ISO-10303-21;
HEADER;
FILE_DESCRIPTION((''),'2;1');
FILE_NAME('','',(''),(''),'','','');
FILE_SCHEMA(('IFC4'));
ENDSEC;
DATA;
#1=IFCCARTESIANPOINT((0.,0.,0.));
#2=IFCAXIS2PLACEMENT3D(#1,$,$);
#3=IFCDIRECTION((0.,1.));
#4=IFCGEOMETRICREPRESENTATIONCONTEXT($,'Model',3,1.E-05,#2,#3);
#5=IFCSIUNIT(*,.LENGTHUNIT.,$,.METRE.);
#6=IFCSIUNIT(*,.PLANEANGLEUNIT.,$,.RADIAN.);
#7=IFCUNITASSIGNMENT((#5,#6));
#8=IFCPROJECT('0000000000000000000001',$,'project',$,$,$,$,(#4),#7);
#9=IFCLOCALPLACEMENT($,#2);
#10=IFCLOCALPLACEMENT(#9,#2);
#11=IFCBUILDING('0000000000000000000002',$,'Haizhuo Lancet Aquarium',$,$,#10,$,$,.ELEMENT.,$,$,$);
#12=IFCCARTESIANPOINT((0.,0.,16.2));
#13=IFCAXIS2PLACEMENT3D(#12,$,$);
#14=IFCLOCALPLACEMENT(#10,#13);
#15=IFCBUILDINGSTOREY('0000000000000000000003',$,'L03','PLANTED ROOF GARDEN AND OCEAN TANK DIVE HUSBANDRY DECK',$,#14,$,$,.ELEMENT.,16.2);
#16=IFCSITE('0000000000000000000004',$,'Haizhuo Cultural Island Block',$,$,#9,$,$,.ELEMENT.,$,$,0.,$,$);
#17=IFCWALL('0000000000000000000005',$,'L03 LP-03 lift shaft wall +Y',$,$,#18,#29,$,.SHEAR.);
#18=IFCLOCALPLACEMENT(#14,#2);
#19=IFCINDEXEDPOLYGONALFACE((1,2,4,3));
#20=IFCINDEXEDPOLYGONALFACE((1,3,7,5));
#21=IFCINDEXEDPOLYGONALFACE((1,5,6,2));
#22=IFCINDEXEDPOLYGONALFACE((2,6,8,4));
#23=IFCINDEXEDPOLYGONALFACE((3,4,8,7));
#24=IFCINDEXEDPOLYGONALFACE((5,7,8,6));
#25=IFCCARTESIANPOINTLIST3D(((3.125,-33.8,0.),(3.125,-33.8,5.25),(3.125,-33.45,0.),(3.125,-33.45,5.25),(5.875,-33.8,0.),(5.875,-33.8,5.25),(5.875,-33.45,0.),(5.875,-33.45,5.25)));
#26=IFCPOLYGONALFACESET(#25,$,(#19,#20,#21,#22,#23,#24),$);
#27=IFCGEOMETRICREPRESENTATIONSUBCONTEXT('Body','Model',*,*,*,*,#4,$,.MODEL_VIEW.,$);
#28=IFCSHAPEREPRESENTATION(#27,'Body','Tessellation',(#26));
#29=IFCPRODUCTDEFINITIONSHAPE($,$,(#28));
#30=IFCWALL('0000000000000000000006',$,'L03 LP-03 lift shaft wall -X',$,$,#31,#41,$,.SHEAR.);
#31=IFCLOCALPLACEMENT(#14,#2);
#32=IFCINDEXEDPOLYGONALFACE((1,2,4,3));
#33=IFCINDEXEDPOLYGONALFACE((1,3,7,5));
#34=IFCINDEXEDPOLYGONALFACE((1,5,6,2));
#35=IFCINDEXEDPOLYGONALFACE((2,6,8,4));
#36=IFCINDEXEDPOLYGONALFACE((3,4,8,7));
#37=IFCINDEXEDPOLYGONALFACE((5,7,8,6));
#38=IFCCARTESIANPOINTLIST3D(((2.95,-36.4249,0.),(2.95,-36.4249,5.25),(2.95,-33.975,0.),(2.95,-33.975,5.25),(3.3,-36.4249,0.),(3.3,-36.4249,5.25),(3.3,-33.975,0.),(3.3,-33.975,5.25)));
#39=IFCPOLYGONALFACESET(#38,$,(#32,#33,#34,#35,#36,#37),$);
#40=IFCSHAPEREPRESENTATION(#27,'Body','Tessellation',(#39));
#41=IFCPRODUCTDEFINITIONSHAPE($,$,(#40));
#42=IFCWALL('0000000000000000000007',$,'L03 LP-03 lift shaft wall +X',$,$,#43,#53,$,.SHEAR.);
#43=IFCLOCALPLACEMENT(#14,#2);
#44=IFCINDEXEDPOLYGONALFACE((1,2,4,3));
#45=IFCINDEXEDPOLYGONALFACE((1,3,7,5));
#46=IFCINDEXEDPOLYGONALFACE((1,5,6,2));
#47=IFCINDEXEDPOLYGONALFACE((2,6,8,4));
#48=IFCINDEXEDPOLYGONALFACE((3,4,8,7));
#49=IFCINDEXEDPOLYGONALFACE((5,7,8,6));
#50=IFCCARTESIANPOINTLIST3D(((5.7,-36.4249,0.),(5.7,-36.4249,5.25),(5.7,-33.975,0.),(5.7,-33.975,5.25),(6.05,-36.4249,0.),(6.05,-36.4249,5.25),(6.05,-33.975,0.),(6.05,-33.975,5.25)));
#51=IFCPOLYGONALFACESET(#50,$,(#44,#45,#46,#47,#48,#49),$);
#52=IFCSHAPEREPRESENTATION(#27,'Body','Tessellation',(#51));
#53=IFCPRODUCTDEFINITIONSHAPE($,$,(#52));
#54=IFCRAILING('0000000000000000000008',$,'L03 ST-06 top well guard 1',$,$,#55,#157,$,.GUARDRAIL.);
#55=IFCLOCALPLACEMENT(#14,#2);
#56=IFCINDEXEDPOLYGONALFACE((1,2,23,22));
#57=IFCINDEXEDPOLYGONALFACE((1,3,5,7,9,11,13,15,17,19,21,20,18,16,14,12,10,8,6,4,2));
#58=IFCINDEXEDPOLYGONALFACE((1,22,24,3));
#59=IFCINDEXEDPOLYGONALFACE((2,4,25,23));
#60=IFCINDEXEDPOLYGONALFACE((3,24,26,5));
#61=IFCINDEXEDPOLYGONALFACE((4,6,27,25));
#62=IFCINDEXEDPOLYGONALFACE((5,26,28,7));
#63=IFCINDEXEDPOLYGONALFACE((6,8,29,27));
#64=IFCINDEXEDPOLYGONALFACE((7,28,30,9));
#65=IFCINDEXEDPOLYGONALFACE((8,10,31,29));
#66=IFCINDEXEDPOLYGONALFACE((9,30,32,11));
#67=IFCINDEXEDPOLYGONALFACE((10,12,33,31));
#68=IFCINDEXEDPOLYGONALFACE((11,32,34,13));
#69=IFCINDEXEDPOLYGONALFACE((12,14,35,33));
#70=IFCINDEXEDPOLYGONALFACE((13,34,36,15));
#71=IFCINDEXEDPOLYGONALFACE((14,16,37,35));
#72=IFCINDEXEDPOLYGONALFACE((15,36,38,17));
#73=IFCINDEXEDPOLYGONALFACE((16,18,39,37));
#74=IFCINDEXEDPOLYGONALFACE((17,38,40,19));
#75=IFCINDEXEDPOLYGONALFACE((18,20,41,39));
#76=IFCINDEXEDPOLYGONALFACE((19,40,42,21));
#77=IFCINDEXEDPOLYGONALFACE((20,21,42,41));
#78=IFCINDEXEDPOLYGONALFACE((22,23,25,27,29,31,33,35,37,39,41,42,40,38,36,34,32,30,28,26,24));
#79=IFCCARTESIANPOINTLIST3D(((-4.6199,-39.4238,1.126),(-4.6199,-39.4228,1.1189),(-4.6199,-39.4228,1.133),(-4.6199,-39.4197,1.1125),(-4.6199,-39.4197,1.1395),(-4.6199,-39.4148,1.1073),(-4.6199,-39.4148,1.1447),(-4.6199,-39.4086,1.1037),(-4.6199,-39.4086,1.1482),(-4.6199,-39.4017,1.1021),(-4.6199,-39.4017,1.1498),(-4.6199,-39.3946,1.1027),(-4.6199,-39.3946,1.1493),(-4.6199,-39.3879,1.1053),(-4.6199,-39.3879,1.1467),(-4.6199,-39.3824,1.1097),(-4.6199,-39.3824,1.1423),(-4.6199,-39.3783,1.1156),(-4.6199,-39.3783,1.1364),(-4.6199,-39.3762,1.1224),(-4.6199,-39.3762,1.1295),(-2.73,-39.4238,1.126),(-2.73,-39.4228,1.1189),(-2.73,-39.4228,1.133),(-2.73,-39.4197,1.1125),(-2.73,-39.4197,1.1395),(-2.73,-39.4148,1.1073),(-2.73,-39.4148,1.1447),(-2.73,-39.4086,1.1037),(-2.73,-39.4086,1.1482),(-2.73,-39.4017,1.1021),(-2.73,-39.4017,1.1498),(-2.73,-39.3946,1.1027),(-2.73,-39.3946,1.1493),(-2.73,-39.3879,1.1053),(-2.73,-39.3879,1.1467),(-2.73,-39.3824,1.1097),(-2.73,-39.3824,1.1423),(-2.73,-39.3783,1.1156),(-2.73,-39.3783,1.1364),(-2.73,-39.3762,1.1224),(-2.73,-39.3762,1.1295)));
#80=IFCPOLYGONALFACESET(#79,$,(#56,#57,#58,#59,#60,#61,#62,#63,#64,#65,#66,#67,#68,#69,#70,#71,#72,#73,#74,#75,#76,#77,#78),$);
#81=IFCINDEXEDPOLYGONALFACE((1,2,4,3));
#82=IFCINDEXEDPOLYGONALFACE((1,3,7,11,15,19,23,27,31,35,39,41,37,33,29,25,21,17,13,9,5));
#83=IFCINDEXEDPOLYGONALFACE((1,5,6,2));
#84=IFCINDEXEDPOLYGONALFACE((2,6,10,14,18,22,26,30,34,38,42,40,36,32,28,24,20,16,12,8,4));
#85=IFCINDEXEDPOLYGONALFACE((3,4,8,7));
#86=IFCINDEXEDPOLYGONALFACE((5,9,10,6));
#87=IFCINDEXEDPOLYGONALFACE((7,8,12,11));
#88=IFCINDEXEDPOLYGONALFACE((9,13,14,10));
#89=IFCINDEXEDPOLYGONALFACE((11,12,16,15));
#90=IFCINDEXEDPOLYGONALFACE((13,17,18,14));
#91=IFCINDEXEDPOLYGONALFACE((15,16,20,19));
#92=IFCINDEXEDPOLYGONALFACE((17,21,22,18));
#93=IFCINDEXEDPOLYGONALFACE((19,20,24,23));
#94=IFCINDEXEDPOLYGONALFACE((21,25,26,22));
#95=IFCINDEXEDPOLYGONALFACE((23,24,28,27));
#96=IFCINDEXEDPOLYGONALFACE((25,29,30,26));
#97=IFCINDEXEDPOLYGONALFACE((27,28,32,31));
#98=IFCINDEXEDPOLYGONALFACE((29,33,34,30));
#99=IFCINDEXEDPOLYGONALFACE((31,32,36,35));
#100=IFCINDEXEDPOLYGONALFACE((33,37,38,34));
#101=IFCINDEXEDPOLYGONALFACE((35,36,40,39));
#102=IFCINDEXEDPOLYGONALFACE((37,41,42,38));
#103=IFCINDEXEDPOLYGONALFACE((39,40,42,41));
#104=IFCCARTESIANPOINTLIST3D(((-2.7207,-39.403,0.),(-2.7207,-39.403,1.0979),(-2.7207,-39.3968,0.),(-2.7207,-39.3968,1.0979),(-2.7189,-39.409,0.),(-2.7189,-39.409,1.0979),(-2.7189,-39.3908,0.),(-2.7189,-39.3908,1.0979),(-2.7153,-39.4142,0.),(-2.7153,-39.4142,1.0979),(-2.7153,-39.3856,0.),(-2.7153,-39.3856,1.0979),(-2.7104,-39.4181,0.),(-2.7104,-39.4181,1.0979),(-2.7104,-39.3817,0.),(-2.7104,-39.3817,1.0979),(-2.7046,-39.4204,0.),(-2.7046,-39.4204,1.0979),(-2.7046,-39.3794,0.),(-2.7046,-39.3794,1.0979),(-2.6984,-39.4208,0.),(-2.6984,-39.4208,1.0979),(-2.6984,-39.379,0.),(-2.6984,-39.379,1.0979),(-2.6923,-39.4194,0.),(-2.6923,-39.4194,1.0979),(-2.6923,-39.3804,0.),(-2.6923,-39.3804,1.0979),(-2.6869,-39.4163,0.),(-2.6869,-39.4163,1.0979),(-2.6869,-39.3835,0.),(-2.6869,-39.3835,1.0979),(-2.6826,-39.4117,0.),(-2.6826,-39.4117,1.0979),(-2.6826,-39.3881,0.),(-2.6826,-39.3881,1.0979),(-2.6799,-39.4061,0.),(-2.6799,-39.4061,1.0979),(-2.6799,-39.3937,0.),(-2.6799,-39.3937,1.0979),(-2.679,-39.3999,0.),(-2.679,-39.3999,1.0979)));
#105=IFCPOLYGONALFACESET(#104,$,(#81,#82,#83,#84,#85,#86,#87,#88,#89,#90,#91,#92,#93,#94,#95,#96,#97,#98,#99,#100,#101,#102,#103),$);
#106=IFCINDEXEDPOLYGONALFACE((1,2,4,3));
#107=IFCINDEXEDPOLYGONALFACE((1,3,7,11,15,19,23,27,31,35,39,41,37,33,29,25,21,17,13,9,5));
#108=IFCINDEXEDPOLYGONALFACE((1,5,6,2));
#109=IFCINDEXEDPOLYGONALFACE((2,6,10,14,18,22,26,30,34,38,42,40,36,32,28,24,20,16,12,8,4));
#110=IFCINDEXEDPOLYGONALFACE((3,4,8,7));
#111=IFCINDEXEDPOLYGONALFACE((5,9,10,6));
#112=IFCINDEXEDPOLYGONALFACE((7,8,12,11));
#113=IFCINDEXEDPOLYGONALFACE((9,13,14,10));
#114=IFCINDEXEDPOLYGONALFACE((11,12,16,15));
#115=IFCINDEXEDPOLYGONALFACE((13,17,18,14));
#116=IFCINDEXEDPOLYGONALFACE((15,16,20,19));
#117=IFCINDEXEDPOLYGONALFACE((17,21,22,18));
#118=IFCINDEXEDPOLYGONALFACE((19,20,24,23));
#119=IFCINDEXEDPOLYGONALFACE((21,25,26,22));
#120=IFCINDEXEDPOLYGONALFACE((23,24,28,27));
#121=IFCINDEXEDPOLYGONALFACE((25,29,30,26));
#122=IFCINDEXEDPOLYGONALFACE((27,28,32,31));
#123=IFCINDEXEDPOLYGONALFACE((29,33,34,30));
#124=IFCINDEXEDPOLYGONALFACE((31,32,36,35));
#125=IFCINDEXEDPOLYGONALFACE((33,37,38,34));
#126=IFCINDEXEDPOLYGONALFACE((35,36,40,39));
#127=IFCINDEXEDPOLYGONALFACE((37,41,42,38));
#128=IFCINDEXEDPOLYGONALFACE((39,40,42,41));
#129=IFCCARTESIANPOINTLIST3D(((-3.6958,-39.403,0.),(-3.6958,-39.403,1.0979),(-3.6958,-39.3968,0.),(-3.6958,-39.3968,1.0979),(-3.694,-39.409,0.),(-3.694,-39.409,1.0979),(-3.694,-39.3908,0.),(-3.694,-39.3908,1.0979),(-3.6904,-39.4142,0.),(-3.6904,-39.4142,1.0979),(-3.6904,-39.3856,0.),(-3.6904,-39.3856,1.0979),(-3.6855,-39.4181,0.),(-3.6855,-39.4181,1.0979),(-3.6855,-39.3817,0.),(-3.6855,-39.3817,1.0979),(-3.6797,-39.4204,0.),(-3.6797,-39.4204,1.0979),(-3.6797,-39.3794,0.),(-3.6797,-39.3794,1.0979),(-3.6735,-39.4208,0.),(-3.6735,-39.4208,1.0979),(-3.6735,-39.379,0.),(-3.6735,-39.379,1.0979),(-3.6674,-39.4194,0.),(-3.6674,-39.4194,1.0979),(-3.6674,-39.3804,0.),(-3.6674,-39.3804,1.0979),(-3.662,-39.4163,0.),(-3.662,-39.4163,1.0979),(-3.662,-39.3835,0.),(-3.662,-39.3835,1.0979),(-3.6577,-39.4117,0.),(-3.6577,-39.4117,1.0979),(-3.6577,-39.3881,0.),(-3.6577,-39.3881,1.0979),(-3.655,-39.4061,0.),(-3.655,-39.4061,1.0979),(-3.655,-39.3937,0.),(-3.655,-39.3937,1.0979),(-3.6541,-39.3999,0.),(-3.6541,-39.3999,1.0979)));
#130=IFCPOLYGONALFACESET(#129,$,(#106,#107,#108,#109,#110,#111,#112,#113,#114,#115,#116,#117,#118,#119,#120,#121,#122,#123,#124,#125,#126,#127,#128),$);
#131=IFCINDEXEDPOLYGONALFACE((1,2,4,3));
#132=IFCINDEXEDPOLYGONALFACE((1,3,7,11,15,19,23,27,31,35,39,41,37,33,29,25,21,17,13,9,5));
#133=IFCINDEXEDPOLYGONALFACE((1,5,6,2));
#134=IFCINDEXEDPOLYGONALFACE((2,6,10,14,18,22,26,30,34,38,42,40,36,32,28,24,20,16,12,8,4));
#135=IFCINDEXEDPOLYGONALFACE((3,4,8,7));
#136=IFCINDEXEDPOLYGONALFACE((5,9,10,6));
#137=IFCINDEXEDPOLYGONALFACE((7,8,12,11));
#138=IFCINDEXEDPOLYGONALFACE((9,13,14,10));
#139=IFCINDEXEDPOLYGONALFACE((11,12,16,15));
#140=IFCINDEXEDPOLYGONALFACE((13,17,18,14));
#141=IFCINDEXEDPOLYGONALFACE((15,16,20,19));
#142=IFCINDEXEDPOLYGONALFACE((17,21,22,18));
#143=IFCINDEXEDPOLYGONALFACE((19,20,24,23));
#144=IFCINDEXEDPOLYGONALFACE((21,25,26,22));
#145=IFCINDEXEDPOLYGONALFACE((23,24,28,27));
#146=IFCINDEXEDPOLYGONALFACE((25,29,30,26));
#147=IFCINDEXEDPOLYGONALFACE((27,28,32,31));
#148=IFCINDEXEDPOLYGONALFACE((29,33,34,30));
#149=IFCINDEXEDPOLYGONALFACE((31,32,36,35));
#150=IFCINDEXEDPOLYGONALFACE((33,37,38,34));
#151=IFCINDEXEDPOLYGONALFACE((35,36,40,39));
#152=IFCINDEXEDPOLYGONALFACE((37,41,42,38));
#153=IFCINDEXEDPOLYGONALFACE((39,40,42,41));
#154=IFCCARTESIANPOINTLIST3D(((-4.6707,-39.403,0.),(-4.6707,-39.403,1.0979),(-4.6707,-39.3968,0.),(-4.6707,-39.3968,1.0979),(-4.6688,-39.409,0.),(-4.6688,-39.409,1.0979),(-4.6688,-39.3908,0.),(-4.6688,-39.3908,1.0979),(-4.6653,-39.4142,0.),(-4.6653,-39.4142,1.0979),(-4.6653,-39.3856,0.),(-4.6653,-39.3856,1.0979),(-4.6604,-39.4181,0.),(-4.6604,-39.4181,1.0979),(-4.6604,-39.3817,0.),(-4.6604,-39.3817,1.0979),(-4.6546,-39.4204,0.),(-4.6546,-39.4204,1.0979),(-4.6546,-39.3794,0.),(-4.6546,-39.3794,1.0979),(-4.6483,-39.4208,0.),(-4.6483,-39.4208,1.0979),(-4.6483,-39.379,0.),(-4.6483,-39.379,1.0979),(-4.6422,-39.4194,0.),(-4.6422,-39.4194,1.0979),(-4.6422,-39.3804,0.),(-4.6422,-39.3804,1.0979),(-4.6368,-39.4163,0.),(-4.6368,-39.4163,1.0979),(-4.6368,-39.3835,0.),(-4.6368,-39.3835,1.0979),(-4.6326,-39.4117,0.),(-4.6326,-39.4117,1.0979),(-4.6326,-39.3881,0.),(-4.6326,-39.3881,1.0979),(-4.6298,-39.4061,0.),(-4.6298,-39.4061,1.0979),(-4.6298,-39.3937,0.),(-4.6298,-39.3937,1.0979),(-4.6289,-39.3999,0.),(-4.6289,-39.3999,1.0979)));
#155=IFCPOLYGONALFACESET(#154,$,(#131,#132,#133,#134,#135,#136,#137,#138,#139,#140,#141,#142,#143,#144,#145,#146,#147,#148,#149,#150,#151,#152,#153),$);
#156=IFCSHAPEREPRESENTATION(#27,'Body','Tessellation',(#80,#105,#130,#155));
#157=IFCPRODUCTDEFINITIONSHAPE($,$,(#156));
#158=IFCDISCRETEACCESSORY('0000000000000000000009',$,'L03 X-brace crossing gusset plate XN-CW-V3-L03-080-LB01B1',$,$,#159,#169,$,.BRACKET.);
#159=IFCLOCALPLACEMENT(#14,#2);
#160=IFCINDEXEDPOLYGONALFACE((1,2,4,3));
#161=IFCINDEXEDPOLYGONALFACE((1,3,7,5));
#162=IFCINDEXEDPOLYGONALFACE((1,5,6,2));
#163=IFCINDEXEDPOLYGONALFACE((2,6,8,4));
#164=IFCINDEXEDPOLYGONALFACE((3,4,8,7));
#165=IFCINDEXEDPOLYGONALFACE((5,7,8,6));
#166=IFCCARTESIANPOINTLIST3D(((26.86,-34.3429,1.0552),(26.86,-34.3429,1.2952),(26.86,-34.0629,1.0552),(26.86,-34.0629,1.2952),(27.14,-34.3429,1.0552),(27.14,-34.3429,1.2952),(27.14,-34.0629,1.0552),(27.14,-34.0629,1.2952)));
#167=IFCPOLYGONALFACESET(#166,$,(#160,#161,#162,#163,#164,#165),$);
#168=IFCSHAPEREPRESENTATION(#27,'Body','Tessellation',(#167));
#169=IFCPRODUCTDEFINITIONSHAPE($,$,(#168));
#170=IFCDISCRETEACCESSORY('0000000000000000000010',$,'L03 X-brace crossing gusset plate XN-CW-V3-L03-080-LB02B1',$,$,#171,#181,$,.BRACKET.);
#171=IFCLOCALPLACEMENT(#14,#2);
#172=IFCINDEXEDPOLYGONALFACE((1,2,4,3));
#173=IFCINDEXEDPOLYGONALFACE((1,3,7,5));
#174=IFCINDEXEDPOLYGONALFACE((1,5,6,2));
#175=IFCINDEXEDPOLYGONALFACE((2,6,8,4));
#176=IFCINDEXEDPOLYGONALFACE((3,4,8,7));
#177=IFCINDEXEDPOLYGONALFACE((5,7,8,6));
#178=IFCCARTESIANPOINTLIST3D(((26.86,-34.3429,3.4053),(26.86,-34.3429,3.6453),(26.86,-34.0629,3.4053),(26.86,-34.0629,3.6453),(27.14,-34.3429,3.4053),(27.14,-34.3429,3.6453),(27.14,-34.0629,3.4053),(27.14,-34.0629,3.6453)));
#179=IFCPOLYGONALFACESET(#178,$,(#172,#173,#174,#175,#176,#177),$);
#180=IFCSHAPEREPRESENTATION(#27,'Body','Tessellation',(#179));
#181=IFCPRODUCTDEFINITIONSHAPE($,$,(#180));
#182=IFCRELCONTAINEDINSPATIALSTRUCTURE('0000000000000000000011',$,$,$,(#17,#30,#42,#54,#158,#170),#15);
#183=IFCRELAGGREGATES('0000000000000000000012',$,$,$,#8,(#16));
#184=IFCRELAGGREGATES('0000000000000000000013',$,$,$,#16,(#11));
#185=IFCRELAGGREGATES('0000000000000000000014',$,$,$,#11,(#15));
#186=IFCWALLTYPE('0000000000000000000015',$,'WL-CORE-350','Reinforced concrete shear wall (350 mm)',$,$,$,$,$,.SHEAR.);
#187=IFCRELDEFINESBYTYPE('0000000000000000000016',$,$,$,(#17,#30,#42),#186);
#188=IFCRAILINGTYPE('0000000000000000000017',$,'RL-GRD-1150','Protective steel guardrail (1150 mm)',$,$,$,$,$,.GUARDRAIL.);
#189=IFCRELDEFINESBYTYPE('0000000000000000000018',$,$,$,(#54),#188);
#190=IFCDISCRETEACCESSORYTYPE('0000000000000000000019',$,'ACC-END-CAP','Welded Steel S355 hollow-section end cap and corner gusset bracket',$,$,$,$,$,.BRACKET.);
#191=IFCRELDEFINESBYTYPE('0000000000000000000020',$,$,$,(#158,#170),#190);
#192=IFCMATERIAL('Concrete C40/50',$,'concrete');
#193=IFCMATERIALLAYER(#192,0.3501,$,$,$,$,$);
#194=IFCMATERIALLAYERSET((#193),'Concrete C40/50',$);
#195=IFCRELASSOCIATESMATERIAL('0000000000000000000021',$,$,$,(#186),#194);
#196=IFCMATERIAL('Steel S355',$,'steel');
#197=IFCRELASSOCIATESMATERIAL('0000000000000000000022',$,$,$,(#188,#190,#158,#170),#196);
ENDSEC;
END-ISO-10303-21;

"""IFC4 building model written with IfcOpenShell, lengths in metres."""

from ifc_helpers import new_model, si_unit, direction, frame, frame_2d, origin, origin_2d, place, context, subcontext, project, spatial, rectangle, circle, extrude, material, layer, layer_set, type_object, element, save


model = new_model("IFC4")

# Units and contexts
model_context = context("Model", 3, precision=1e-05, world=origin(), true_north=direction((0.0, 1.0)))
body_context = subcontext(model_context, "Body", "Model", "MODEL_VIEW")
ifc_project = project(units=[si_unit("LENGTHUNIT", "METRE"), si_unit("PLANEANGLEUNIT", "RADIAN")], contexts=[model_context])

# Site, building, storey
site_placement = place(None, origin())
site = spatial("IfcSite", under=ifc_project, at=site_placement, Name="Haizhuo Cultural Island Block", CompositionType="ELEMENT", RefElevation=0.0)
building_placement = place(site_placement, origin())
building = spatial("IfcBuilding", under=site, at=building_placement, Name="Haizhuo Lancet Aquarium", CompositionType="ELEMENT")
storey_placement = place(building_placement, frame((0.0, 0.0, 16.2)))
storey = spatial("IfcBuildingStorey", under=building, at=storey_placement, Name="L03", Description="PLANTED ROOF GARDEN AND OCEAN TANK DIVE HUSBANDRY DECK", CompositionType="ELEMENT", Elevation=16.2)

# Shared definitions
ifc_material_1 = material(Name="Concrete C40/50", Category="concrete")

# Shared definitions
ifc_material_2 = material(Name="Steel S355", Category="steel")

# Shared definitions
ifc_layer_1 = layer(ifc_material_1, 0.3501)
ifc_layer_set_1 = layer_set([ifc_layer_1], Name="Concrete C40/50")
wall_type_1 = type_object("IfcWallType", Name="WL-CORE-350", Description="Reinforced concrete shear wall (350 mm)", PredefinedType="SHEAR", material=ifc_layer_set_1)

# Walls
wall_1_placement = place(storey_placement, frame((5.875, -33.625, 0.0), z_axis=(0.0, 0.0, 1.0), x_axis=(-1.0, 0.0, 0.0)))
element("IfcWall", 1, at=wall_1_placement, inside=storey, type_object=wall_type_1, Name="L03 LP-03 lift shaft wall +Y", PredefinedType="SHEAR", context=body_context, shape_type="SweptSolid", body=[
    extrude(rectangle(XDim=2.75, YDim=0.3501, at=frame_2d((1.375, 0.0))), origin(), (0.0, 0.0, 1.0), 5.25),
])
for number, where, z_axis, x_axis, name in (
    (2, (3.125, -36.425, 0.0), (0.0, 0.0, 1.0), (0.0, 1.0, 0.0), "L03 LP-03 lift shaft wall -X"),
    (3, (5.875, -36.425, 0.0), (0.0, 0.0, 1.0), (0.0, 1.0, 0.0), "L03 LP-03 lift shaft wall +X"),
):
    element("IfcWall", number, at=place(storey_placement, frame(where, z_axis=z_axis, x_axis=x_axis)), inside=storey, type_object=wall_type_1, Name=name, PredefinedType="SHEAR", context=body_context, shape_type="SweptSolid", body=[
        extrude(rectangle(XDim=2.45, YDim=0.3501, at=frame_2d((1.2251, 0.0))), origin(), (0.0, 0.0, 1.0), 5.25),
    ])

# Railing
railing_type = type_object("IfcRailingType", Name="RL-GRD-1150", Description="Protective steel guardrail (1150 mm)", PredefinedType="GUARDRAIL", material=ifc_material_2)
railing_placement = place(storey_placement, frame((-2.7, -39.3999, 0.0)))
element("IfcRailing", 4, at=railing_placement, inside=storey, type_object=railing_type, Name="L03 ST-06 top well guard 1", PredefinedType="GUARDRAIL", context=body_context, shape_type="SweptSolid", body=[
    extrude(circle(Radius=0.0239, at=origin_2d()), frame((-0.03, 0.0, 1.126), z_axis=(-1.0, 0.0, 0.0), x_axis=(0.0, -1.0, 0.0)), (0.0, 0.0, 1.0), 1.8899),
    extrude(circle(Radius=0.021, at=origin_2d()), origin(), (0.0, 0.0, 1.0), 1.0979),
    extrude(circle(Radius=0.021, at=origin_2d()), frame((-0.9751, 0.0, 0.0)), (0.0, 0.0, 1.0), 1.0979),
    extrude(circle(Radius=0.021, at=origin_2d()), frame((-1.95, 0.0, 0.0)), (0.0, 0.0, 1.0), 1.0979),
])

# Discrete accessories
discrete_accessory_type = type_object("IfcDiscreteAccessoryType", Name="ACC-END-CAP", Description="Welded Steel S355 hollow-section end cap and corner gusset bracket", PredefinedType="BRACKET", material=ifc_material_2)
for number, where, z_axis, x_axis, name in (
    (5, (27.0, -34.2029, 1.0552), (0.0, 0.0, 1.0), (1.0, 0.0, 0.0), "L03 X-brace crossing gusset plate XN-CW-V3-L03-080-LB01B1"),
    (6, (27.0, -34.2029, 3.4053), (0.0, 0.0, 1.0), (1.0, 0.0, 0.0), "L03 X-brace crossing gusset plate XN-CW-V3-L03-080-LB02B1"),
):
    element("IfcDiscreteAccessory", number, at=place(storey_placement, frame(where, z_axis=z_axis, x_axis=x_axis)), inside=storey, type_object=discrete_accessory_type, material=ifc_material_2, Name=name, PredefinedType="BRACKET", context=body_context, shape_type="SweptSolid", body=[
        extrude(rectangle(XDim=0.28, YDim=0.28, at=origin_2d()), origin(), (0.0, 0.0, 1.0), 0.24),
    ])

save(model, "model.ifc")
